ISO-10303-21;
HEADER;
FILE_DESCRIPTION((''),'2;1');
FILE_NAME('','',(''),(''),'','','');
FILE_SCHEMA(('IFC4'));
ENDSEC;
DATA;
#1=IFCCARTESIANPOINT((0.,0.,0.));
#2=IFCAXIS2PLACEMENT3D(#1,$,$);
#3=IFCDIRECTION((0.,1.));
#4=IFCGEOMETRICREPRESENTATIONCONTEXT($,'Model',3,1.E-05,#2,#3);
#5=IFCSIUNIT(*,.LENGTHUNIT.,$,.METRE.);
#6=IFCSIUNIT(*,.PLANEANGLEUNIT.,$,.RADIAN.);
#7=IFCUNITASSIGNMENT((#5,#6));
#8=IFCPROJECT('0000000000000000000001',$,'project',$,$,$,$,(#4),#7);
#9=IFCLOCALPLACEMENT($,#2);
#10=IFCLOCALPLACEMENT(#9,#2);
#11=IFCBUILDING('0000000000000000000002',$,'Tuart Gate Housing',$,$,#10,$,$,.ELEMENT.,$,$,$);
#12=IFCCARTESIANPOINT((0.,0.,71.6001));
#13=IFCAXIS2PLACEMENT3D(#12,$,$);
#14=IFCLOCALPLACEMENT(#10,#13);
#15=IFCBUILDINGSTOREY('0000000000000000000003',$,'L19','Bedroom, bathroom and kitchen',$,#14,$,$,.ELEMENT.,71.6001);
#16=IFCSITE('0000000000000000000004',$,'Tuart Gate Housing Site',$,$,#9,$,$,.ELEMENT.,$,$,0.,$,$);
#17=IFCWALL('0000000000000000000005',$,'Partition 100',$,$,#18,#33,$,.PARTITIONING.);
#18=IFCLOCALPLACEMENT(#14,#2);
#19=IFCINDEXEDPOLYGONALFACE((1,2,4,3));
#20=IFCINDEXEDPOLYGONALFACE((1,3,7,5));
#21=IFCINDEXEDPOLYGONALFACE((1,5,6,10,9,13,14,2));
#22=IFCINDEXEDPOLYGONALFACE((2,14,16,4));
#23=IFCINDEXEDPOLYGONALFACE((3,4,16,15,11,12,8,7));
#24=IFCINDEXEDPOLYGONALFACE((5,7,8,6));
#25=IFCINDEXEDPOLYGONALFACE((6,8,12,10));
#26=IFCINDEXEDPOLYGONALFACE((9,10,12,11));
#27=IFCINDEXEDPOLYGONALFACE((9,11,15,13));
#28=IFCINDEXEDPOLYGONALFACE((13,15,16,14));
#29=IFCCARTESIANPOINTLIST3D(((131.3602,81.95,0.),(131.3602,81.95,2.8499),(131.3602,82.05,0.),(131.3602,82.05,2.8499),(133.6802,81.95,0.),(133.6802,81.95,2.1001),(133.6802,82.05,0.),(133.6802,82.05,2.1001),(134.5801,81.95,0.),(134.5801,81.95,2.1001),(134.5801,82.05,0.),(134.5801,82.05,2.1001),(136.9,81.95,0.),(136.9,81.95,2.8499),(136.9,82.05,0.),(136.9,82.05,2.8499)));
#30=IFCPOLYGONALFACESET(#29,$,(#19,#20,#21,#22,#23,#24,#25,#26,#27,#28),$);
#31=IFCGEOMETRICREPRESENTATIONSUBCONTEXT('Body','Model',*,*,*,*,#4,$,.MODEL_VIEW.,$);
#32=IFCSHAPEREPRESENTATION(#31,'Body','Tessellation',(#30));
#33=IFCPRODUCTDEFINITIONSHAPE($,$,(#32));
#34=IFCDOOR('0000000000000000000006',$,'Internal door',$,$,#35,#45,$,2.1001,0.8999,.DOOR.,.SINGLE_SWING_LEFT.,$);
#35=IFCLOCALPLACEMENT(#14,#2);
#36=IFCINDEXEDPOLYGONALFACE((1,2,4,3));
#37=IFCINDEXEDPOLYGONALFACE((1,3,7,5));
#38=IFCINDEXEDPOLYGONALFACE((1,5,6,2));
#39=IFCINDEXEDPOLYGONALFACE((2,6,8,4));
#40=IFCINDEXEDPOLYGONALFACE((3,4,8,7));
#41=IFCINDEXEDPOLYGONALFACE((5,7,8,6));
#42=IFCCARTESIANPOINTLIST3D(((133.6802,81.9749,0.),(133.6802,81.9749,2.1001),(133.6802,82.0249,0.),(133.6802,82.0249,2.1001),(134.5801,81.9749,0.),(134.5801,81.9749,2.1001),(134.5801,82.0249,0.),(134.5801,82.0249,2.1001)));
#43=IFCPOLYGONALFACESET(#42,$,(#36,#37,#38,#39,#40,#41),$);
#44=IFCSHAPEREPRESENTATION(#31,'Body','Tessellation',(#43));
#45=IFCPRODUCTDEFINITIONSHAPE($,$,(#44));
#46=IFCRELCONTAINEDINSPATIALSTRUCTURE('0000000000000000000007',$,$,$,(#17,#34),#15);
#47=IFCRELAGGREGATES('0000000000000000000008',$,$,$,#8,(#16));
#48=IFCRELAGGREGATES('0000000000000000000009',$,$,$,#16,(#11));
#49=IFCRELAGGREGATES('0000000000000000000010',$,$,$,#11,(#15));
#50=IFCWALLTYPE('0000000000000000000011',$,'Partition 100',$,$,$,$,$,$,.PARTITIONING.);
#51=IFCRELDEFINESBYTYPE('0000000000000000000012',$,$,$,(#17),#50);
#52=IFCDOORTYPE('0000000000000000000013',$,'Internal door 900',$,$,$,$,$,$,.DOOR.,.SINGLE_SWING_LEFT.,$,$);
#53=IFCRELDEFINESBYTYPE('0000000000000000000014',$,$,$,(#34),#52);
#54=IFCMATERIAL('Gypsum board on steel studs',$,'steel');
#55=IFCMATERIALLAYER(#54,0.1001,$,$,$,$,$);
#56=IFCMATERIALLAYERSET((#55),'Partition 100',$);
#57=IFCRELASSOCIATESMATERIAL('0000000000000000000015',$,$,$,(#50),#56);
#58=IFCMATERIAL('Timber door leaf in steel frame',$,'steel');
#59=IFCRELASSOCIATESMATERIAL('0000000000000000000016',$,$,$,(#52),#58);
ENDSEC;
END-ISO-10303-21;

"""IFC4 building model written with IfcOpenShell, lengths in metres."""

from ifc_helpers import new_model, si_unit, direction, frame, frame_2d, origin, place, context, subcontext, project, spatial, rectangle, extrude, material, layer, layer_set, type_object, element, fill, save


model = new_model("IFC4")

# Units and contexts
model_context = context("Model", 3, precision=1e-05, world=origin(), true_north=direction((0.0, 1.0)))
body_context = subcontext(model_context, "Body", "Model", "MODEL_VIEW")
ifc_project = project(units=[si_unit("LENGTHUNIT", "METRE"), si_unit("PLANEANGLEUNIT", "RADIAN")], contexts=[model_context])

# Site, building, storey
site_placement = place(None, origin())
site = spatial("IfcSite", under=ifc_project, at=site_placement, Name="Tuart Gate Housing Site", CompositionType="ELEMENT", RefElevation=0.0)
building_placement = place(site_placement, origin())
building = spatial("IfcBuilding", under=site, at=building_placement, Name="Tuart Gate Housing", CompositionType="ELEMENT")
storey_placement = place(building_placement, frame((0.0, 0.0, 71.6001)))
storey = spatial("IfcBuildingStorey", under=building, at=storey_placement, Name="L19", Description="Bedroom, bathroom and kitchen", CompositionType="ELEMENT", Elevation=71.6001)

# Shared definitions
ifc_material_1 = material(Name="Gypsum board on steel studs", Category="steel")
ifc_layer_1 = layer(ifc_material_1, 0.1001)
ifc_layer_set_1 = layer_set([ifc_layer_1], Name="Partition 100")
wall_type_1 = type_object("IfcWallType", Name="Partition 100", PredefinedType="PARTITIONING", material=ifc_layer_set_1)

# Wall, opening, door
wall_1_placement = place(storey_placement, frame((131.3601, 82.0, 0.0), z_axis=(0.0, 0.0, 1.0), x_axis=(1.0, 0.0, 0.0)))
wall_1 = element("IfcWall", 1, at=wall_1_placement, inside=storey, type_object=wall_type_1, Name="Partition 100", PredefinedType="PARTITIONING", context=body_context, shape_type="SweptSolid", body=[
    extrude(rectangle(XDim=5.5398, YDim=0.1001, at=frame_2d((2.77, 0.0))), origin(), (0.0, 0.0, 1.0), 2.8499),
])
opening_1_placement = place(wall_1_placement, frame((2.3201, 0.0, 0.0)))
opening_1 = element("IfcOpeningElement", 2, at=opening_1_placement, cuts=wall_1, PredefinedType="OPENING", context=body_context, shape_type="SweptSolid", body=[
    extrude(rectangle(XDim=0.8999, YDim=2.1001, at=frame_2d((0.45, 1.05))), frame((0.0, 0.0601, 0.0), z_axis=(0.0, -1.0, 0.0), x_axis=(1.0, 0.0, 0.0)), (0.0, 0.0, 1.0), 0.1201),
])
ifc_material_2 = material(Name="Timber door leaf in steel frame", Category="steel")
door_type = type_object("IfcDoorType", Name="Internal door 900", OperationType="SINGLE_SWING_LEFT", PredefinedType="DOOR", material=ifc_material_2)
door_placement = place(opening_1_placement, origin())
door = element("IfcDoor", 3, at=door_placement, inside=storey, type_object=door_type, Name="Internal door", OperationType="SINGLE_SWING_LEFT", OverallHeight=2.1001, OverallWidth=0.8999, PredefinedType="DOOR", context=body_context, shape_type="SweptSolid", body=[
    extrude(rectangle(XDim=0.8999, YDim=2.1001, at=frame_2d((0.45, 1.05))), frame((0.0, 0.0249, 0.0), z_axis=(0.0, -1.0, 0.0), x_axis=(1.0, 0.0, 0.0)), (0.0, 0.0, 1.0), 0.05),
])
fill(opening_1, door)

save(model, "model.ifc")
